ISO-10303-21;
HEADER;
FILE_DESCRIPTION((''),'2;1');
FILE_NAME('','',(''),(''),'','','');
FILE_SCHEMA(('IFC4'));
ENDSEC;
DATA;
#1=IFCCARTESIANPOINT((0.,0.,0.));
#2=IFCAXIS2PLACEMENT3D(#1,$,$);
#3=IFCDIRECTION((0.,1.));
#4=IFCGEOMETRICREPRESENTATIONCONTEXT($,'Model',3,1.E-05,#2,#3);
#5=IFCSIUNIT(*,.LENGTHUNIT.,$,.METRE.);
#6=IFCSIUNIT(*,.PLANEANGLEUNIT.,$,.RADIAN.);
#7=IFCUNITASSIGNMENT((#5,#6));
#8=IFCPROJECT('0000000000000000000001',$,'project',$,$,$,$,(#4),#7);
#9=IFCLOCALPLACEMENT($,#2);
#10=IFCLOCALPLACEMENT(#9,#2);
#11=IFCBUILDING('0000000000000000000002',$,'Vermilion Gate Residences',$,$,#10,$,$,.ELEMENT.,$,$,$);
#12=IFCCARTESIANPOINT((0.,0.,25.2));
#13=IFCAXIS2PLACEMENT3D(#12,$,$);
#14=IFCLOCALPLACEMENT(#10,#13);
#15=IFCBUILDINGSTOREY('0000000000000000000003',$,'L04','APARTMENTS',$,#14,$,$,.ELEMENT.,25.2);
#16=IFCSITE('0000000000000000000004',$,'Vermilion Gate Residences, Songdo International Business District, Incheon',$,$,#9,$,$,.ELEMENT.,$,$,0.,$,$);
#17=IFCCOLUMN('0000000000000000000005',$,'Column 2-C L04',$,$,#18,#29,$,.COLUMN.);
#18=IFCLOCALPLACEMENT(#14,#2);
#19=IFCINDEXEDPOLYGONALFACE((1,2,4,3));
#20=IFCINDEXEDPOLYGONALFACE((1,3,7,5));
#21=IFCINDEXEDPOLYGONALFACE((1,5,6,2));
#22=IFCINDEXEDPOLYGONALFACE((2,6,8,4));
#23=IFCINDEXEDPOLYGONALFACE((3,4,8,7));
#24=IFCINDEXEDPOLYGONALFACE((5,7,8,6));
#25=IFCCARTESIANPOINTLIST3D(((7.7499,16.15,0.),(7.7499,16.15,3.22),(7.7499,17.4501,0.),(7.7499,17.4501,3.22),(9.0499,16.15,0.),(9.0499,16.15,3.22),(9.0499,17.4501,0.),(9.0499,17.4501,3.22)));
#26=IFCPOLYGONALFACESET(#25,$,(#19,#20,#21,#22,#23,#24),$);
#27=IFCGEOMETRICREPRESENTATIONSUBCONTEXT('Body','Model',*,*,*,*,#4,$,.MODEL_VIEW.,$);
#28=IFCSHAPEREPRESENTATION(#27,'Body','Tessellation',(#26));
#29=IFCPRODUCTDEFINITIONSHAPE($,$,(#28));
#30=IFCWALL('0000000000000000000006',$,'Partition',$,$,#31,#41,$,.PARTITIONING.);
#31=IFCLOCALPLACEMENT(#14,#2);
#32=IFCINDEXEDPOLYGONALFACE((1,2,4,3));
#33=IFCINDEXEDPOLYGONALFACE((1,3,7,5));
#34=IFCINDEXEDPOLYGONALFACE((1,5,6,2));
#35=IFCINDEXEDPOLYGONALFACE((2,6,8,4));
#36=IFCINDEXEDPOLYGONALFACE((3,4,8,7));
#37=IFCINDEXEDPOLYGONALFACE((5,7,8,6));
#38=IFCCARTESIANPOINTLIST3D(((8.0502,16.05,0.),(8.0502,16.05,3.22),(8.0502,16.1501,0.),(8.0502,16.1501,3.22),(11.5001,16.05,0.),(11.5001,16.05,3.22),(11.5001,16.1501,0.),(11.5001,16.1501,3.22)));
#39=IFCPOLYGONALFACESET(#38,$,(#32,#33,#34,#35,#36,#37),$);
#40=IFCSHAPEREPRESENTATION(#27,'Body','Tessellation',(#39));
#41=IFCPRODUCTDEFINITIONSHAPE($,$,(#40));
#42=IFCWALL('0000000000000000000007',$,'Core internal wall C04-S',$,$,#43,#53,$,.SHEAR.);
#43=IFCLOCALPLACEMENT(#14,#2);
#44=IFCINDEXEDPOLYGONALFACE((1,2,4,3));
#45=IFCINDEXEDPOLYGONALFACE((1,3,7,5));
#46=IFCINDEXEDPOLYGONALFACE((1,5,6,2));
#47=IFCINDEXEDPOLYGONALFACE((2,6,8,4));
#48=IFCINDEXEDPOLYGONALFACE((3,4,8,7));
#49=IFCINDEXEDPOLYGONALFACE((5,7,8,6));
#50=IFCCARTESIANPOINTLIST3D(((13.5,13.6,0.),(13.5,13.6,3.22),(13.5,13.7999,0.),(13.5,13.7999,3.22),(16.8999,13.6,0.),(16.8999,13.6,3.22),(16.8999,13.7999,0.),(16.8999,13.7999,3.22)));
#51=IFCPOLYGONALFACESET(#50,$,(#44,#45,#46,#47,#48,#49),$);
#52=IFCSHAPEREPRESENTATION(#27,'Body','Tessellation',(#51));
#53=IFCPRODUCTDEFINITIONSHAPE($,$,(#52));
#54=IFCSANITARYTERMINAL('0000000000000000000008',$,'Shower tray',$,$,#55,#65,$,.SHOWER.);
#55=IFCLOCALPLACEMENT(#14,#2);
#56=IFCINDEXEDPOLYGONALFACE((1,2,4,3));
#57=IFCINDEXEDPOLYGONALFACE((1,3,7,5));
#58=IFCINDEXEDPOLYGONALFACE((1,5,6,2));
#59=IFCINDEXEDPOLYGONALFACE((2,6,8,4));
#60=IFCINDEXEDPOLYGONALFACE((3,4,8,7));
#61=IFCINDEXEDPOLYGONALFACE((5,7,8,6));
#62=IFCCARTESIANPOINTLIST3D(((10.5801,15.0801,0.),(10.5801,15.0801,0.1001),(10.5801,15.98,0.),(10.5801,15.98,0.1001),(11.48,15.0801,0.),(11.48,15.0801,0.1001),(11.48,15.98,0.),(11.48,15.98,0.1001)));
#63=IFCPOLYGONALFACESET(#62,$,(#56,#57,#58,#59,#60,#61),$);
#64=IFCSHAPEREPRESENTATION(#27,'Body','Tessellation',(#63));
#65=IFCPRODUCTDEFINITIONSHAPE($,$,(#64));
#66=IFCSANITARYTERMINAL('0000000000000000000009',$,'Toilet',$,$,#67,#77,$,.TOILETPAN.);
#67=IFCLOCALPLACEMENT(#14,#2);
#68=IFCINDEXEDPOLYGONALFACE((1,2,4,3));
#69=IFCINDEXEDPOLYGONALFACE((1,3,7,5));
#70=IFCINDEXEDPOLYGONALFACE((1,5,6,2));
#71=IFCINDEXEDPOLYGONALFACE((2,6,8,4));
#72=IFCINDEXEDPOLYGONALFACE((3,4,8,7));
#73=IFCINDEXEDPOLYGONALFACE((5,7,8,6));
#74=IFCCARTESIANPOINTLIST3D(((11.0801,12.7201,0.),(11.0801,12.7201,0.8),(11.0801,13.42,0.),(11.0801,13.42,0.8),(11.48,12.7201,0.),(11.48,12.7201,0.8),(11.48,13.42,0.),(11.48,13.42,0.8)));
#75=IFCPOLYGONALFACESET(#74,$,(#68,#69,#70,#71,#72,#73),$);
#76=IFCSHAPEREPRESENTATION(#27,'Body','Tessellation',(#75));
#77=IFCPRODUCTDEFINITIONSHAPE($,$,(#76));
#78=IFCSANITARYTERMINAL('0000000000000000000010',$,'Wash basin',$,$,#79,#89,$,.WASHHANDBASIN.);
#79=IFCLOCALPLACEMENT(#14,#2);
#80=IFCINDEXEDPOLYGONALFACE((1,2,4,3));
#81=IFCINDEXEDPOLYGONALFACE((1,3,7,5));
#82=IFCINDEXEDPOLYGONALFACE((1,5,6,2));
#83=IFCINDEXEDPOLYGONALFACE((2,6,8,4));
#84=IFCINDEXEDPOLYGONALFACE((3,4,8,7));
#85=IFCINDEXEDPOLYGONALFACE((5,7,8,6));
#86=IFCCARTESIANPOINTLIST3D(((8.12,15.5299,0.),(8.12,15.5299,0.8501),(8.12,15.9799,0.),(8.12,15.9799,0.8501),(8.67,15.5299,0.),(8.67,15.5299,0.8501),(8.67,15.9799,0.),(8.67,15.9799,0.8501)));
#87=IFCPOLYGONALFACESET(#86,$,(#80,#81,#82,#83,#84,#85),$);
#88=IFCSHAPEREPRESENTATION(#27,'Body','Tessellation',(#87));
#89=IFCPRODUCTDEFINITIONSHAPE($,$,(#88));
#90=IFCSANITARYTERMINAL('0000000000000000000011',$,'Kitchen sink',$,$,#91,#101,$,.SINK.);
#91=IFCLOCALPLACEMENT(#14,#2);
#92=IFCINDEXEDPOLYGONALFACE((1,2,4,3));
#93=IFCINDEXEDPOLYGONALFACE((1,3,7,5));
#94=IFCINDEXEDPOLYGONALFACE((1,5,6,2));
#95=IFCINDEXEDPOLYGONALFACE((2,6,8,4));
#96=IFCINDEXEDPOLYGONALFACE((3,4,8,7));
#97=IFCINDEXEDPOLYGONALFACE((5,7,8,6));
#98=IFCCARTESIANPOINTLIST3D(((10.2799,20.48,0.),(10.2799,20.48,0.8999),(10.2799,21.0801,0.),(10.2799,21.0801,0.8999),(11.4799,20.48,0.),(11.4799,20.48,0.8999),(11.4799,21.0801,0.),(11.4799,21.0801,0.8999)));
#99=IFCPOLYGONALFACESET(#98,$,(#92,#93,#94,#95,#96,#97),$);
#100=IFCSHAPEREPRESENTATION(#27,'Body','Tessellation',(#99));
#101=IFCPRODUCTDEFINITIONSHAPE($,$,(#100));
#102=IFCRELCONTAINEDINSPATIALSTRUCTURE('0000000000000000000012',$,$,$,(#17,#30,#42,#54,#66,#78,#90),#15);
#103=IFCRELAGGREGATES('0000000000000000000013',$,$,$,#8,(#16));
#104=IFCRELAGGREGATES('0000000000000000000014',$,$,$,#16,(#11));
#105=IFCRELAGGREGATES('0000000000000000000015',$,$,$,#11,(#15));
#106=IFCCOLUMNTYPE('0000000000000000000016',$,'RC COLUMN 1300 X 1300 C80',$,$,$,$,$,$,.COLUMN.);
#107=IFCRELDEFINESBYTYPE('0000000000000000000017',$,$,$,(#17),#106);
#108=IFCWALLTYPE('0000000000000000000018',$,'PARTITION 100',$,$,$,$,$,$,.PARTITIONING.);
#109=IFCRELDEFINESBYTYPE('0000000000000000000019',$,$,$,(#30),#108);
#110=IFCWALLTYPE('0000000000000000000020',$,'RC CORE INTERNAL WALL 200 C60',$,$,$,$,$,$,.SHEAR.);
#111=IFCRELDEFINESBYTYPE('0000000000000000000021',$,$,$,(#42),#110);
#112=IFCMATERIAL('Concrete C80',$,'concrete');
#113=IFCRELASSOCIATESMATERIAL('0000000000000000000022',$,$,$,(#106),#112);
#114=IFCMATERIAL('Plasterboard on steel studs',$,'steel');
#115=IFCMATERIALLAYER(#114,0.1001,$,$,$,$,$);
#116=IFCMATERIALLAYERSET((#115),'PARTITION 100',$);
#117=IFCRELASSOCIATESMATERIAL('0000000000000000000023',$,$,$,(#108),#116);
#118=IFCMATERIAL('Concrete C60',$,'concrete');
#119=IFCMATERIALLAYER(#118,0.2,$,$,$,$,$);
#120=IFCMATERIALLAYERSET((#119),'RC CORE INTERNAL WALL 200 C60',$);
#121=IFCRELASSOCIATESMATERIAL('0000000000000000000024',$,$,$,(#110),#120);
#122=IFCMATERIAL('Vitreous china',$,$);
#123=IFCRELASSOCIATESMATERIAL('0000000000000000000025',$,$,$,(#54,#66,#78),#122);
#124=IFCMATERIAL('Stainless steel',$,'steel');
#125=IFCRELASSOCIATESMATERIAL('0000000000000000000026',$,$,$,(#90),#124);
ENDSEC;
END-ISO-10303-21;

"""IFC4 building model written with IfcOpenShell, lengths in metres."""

from ifc_helpers import new_model, si_unit, direction, frame, frame_2d, origin, origin_2d, place, context, subcontext, project, spatial, rectangle, extrude, material, layer, layer_set, material_profile, profile_set, type_object, element, save


model = new_model("IFC4")

# Units and contexts
model_context = context("Model", 3, precision=1e-05, world=origin(), true_north=direction((0.0, 1.0)))
body_context = subcontext(model_context, "Body", "Model", "MODEL_VIEW")
ifc_project = project(units=[si_unit("LENGTHUNIT", "METRE"), si_unit("PLANEANGLEUNIT", "RADIAN")], contexts=[model_context])

# Site, building, storey
site_placement = place(None, origin())
site = spatial("IfcSite", under=ifc_project, at=site_placement, Name="Vermilion Gate Residences, Songdo International Business District, Incheon", CompositionType="ELEMENT", RefElevation=0.0)
building_placement = place(site_placement, origin())
building = spatial("IfcBuilding", under=site, at=building_placement, Name="Vermilion Gate Residences", CompositionType="ELEMENT")
storey_placement = place(building_placement, frame((0.0, 0.0, 25.2)))
storey = spatial("IfcBuildingStorey", under=building, at=storey_placement, Name="L04", Description="APARTMENTS", CompositionType="ELEMENT", Elevation=25.2)

# Column
ifc_material_1 = material(Name="Concrete C80", Category="concrete")
ifc_material_profile = material_profile(ifc_material_1, rectangle(XDim=1.3, YDim=1.3, at=origin_2d()), Name="RC-1300x1300")
ifc_profile_set = profile_set([ifc_material_profile], Name="Concrete C80")
column_type = type_object("IfcColumnType", Name="RC COLUMN 1300 X 1300 C80", PredefinedType="COLUMN", material=ifc_profile_set)
column_placement = place(storey_placement, frame((8.3999, 16.8, 0.0), z_axis=(0.0, 0.0, 1.0), x_axis=(1.0, 0.0, 0.0)))
element("IfcColumn", 1, at=column_placement, inside=storey, type_object=column_type, Name="Column 2-C L04", PredefinedType="COLUMN", context=body_context, shape_type="SweptSolid", body=[
    extrude(rectangle(XDim=1.3, YDim=1.3, at=origin_2d()), origin(), (0.0, 0.0, 1.0), 3.22),
])

# Walls
ifc_material_2 = material(Name="Plasterboard on steel studs", Category="steel")
ifc_layer_1 = layer(ifc_material_2, 0.1001)
ifc_layer_set_1 = layer_set([ifc_layer_1], Name="PARTITION 100")
wall_type_1 = type_object("IfcWallType", Name="PARTITION 100", PredefinedType="PARTITIONING", material=ifc_layer_set_1)
wall_1_placement = place(storey_placement, frame((8.05, 16.1001, 0.0), z_axis=(0.0, 0.0, 1.0), x_axis=(1.0, 0.0, 0.0)))
element("IfcWall", 2, at=wall_1_placement, inside=storey, type_object=wall_type_1, Name="Partition", PredefinedType="PARTITIONING", context=body_context, shape_type="SweptSolid", body=[
    extrude(rectangle(XDim=3.45, YDim=0.1001, at=frame_2d((1.7251, 0.0))), origin(), (0.0, 0.0, 1.0), 3.22),
])
ifc_material_3 = material(Name="Concrete C60", Category="concrete")
ifc_layer_2 = layer(ifc_material_3, 0.2)
ifc_layer_set_2 = layer_set([ifc_layer_2], Name="RC CORE INTERNAL WALL 200 C60")
wall_type_2 = type_object("IfcWallType", Name="RC CORE INTERNAL WALL 200 C60", PredefinedType="SHEAR", material=ifc_layer_set_2)
wall_2_placement = place(storey_placement, frame((13.5, 13.7, 0.0), z_axis=(0.0, 0.0, 1.0), x_axis=(1.0, 0.0, 0.0)))
element("IfcWall", 3, at=wall_2_placement, inside=storey, type_object=wall_type_2, Name="Core internal wall C04-S", PredefinedType="SHEAR", context=body_context, shape_type="SweptSolid", body=[
    extrude(rectangle(XDim=3.3999, YDim=0.2, at=frame_2d((1.7, 0.0))), origin(), (0.0, 0.0, 1.0), 3.22),
])

# Sanitary terminals
ifc_material_4 = material(Name="Vitreous china")
sanitary_terminal_1_placement = place(storey_placement, frame((11.03, 15.53, 0.0), z_axis=(0.0, 0.0, 1.0), x_axis=(1.0, 0.0, 0.0)))
element("IfcSanitaryTerminal", 4, at=sanitary_terminal_1_placement, inside=storey, material=ifc_material_4, Name="Shower tray", PredefinedType="SHOWER", context=body_context, shape_type="SweptSolid", body=[
    extrude(rectangle(XDim=0.8999, YDim=0.8999, at=origin_2d()), origin(), (0.0, 0.0, 1.0), 0.1001),
])
sanitary_terminal_2_placement = place(storey_placement, frame((11.28, 13.0701, 0.0), z_axis=(0.0, 0.0, 1.0), x_axis=(1.0, 0.0, 0.0)))
element("IfcSanitaryTerminal", 5, at=sanitary_terminal_2_placement, inside=storey, material=ifc_material_4, Name="Toilet", PredefinedType="TOILETPAN", context=body_context, shape_type="SweptSolid", body=[
    extrude(rectangle(XDim=0.3999, YDim=0.7, at=origin_2d()), origin(), (0.0, 0.0, 1.0), 0.8),
])
sanitary_terminal_3_placement = place(storey_placement, frame((8.395, 15.7549, 0.0), z_axis=(0.0, 0.0, 1.0), x_axis=(1.0, 0.0, 0.0)))
element("IfcSanitaryTerminal", 6, at=sanitary_terminal_3_placement, inside=storey, material=ifc_material_4, Name="Wash basin", PredefinedType="WASHHANDBASIN", context=body_context, shape_type="SweptSolid", body=[
    extrude(rectangle(XDim=0.55, YDim=0.45, at=origin_2d()), origin(), (0.0, 0.0, 1.0), 0.8501),
])
ifc_material_5 = material(Name="Stainless steel", Category="steel")
sanitary_terminal_4_placement = place(storey_placement, frame((10.8799, 20.78, 0.0), z_axis=(0.0, 0.0, 1.0), x_axis=(1.0, 0.0, 0.0)))
element("IfcSanitaryTerminal", 7, at=sanitary_terminal_4_placement, inside=storey, material=ifc_material_5, Name="Kitchen sink", PredefinedType="SINK", context=body_context, shape_type="SweptSolid", body=[
    extrude(rectangle(XDim=1.2, YDim=0.6001, at=origin_2d()), origin(), (0.0, 0.0, 1.0), 0.8999),
])

save(model, "model.ifc")
